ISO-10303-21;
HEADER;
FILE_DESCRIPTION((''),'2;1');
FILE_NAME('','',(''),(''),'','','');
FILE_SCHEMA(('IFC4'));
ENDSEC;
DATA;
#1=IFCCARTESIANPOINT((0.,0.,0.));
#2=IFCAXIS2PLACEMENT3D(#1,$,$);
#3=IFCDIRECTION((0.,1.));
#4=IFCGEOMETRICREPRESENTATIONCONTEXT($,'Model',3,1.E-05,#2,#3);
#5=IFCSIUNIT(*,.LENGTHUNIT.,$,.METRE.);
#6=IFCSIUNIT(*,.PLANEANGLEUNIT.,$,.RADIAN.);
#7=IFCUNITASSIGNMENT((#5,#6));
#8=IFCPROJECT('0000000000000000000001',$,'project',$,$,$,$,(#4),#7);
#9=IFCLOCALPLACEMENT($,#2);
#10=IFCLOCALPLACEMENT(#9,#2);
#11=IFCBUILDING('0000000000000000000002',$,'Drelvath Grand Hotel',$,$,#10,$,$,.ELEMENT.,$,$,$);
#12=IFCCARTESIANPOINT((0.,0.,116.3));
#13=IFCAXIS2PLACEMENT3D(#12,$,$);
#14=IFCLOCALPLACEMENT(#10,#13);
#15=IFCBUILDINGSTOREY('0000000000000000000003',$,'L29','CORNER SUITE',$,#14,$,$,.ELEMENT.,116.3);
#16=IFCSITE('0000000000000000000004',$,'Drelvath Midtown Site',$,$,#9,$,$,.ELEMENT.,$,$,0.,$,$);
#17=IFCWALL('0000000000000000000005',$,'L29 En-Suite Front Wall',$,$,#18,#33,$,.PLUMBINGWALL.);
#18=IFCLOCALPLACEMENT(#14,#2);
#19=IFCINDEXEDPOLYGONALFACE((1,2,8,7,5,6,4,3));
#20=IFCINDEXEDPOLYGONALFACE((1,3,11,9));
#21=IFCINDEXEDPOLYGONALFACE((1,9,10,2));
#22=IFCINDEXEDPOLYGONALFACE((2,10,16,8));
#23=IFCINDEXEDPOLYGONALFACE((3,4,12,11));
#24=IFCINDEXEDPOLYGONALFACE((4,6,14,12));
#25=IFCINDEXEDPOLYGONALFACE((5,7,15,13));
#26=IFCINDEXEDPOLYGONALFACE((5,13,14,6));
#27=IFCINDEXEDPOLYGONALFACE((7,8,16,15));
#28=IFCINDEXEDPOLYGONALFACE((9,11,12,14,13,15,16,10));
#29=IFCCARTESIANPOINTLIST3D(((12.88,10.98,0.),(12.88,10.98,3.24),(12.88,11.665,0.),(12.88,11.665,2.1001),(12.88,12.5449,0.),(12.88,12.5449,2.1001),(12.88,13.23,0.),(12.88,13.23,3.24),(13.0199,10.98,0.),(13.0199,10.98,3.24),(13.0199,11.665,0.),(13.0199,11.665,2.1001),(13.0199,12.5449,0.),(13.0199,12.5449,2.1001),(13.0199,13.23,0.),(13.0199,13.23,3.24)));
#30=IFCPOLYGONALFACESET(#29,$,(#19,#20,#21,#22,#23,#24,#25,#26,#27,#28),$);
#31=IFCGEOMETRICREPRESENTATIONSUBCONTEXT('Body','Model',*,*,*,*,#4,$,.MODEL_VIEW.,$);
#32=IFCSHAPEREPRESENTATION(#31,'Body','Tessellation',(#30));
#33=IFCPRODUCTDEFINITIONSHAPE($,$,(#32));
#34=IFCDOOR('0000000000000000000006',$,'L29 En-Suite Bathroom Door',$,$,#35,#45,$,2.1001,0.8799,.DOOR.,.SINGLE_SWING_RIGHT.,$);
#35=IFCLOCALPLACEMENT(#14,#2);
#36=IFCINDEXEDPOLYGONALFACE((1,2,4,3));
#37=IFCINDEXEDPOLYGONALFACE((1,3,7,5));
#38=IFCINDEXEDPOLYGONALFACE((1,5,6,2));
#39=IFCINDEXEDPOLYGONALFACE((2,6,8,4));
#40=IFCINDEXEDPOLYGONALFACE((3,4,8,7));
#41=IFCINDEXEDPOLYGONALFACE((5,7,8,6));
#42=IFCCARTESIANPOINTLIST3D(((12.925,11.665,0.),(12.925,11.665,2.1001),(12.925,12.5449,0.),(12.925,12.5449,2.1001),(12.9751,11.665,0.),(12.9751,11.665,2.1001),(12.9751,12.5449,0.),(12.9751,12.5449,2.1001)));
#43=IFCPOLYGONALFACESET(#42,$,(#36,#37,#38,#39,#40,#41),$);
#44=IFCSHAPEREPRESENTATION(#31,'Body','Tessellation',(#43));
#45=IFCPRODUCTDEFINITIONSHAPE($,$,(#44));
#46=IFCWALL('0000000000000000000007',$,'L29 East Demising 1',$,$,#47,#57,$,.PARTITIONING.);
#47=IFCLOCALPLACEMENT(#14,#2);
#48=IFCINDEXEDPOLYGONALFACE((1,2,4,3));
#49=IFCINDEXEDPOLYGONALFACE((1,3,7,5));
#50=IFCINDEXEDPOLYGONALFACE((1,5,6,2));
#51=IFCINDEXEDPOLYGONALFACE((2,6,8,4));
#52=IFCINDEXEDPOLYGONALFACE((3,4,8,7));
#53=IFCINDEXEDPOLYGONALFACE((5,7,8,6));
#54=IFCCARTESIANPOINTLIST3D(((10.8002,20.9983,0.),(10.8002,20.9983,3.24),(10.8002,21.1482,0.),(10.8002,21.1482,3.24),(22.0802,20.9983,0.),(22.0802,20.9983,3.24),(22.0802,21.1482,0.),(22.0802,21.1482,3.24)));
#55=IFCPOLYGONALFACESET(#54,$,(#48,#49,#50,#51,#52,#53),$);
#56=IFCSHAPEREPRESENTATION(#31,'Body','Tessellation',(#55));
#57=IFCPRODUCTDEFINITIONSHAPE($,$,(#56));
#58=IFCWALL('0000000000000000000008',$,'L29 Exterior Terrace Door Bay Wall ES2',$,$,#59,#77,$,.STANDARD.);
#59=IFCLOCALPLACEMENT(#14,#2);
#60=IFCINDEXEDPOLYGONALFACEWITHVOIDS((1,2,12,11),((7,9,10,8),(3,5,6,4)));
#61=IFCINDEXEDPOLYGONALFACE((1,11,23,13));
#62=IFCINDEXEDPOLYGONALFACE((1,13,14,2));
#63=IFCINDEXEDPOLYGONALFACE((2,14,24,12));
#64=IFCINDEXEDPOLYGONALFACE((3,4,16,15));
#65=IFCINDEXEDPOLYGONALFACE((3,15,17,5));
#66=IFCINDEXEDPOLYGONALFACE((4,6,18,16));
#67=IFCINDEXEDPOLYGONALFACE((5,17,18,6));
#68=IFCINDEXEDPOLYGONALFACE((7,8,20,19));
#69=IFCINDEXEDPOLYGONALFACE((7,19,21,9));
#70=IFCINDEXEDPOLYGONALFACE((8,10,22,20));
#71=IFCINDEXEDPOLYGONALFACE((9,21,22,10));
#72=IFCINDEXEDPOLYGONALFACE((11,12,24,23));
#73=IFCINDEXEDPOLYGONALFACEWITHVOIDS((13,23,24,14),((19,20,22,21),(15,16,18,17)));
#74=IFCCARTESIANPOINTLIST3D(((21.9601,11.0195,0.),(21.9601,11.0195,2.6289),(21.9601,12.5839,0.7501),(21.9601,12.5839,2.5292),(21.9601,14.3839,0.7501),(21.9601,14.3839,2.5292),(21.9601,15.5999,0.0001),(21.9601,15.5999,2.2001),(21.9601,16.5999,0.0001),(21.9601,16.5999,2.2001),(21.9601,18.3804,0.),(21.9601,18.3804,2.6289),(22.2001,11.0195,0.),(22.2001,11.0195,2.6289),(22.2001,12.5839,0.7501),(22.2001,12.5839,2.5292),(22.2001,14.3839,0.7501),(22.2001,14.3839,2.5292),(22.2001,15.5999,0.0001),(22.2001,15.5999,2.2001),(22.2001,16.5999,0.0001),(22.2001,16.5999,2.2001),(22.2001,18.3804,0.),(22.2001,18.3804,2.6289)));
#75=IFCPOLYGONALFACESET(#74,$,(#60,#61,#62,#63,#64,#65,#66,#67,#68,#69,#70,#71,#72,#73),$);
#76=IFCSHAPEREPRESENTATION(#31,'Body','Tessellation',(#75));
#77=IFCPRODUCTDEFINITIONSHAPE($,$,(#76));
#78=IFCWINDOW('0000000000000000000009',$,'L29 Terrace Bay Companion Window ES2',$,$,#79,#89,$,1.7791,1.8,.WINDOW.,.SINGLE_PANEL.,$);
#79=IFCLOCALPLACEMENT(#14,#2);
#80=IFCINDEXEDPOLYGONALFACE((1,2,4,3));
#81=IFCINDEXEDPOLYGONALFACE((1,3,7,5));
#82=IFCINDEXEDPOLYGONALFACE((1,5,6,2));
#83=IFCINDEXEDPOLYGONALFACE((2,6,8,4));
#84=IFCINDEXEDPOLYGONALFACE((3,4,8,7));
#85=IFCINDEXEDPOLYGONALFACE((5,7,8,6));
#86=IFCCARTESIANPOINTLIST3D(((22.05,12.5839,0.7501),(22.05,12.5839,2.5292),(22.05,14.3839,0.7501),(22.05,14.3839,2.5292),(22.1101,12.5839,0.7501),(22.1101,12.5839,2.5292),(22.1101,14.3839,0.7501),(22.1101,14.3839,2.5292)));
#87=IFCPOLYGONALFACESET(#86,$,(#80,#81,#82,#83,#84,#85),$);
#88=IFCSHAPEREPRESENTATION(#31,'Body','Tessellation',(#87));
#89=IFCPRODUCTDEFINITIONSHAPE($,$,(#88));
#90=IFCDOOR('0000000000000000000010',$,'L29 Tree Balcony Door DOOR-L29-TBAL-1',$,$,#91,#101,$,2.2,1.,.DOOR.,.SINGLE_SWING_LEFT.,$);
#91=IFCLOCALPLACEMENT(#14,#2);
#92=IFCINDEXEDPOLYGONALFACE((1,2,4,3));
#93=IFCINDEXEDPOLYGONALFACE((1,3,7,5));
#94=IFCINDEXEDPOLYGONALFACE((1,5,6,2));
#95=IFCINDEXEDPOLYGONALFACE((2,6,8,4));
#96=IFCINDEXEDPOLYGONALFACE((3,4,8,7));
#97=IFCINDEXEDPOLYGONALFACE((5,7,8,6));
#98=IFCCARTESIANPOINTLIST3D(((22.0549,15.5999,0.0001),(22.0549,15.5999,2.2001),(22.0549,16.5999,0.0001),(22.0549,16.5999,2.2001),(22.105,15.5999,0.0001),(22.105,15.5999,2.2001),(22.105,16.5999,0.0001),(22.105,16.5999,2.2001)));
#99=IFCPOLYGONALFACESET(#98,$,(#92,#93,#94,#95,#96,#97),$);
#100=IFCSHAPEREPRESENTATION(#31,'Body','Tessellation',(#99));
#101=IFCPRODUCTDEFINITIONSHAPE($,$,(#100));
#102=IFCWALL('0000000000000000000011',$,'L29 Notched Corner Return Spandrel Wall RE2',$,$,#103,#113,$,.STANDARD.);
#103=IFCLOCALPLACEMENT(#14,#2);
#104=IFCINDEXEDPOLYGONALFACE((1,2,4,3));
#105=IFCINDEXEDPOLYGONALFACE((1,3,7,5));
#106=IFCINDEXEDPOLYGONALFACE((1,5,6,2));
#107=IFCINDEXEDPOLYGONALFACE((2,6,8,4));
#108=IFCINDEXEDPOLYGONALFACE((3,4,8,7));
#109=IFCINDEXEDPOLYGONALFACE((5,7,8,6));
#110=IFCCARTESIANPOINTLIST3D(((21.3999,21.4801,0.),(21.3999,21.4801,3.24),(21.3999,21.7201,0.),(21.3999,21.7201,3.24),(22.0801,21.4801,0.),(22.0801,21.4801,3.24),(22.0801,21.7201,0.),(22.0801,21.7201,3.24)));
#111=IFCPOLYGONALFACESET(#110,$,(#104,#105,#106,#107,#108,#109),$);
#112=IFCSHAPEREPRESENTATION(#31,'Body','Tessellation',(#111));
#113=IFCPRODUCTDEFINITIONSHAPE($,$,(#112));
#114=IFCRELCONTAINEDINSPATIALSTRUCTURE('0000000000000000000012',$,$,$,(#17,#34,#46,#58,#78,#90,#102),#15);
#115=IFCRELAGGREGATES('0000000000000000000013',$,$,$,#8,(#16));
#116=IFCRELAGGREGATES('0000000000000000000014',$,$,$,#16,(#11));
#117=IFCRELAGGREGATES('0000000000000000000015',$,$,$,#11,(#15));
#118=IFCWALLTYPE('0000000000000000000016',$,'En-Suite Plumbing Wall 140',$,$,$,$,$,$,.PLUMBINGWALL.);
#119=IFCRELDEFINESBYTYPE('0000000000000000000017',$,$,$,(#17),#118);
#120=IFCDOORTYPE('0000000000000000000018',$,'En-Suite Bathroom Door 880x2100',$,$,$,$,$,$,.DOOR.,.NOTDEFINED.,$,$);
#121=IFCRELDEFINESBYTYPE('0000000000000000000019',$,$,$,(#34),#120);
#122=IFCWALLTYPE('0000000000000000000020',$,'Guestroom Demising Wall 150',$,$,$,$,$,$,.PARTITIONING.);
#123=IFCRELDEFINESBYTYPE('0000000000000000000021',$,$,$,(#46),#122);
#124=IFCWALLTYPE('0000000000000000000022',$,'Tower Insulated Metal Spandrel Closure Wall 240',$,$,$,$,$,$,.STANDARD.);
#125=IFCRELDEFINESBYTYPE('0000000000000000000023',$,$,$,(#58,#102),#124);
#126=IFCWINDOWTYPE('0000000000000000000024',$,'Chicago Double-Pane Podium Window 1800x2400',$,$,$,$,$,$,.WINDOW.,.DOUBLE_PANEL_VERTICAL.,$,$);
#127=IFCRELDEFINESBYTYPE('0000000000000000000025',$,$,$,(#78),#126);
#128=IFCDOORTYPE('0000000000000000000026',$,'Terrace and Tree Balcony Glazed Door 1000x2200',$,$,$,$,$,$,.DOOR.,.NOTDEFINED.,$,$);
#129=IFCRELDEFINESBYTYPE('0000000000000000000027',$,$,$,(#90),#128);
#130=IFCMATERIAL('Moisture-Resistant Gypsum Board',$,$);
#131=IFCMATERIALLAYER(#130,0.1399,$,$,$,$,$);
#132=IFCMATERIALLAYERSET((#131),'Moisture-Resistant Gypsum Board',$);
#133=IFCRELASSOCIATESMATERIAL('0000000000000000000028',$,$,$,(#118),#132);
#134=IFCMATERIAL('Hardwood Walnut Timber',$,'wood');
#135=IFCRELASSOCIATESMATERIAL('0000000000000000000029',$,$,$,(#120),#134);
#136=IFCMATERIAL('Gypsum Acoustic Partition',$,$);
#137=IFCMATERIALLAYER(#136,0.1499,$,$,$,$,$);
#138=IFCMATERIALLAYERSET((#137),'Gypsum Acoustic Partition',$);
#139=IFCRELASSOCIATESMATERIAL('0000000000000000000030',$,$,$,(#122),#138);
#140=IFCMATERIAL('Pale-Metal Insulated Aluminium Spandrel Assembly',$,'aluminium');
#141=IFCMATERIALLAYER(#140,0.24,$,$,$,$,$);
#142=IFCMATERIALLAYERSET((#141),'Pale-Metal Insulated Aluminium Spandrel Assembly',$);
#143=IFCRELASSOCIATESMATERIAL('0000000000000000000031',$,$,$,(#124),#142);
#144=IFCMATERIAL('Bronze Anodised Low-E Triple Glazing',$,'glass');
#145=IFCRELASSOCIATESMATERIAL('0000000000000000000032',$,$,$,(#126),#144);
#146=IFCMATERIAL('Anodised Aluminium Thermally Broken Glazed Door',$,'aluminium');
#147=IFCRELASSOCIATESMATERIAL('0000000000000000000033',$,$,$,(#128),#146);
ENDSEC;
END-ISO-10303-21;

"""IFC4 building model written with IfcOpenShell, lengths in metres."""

from ifc_helpers import new_model, si_unit, direction, frame, frame_2d, origin, place, context, subcontext, project, spatial, rectangle, extrude, material, layer, layer_set, type_object, element, fill, save


model = new_model("IFC4")

# Units and contexts
model_context = context("Model", 3, precision=1e-05, world=origin(), true_north=direction((0.0, 1.0)))
body_context = subcontext(model_context, "Body", "Model", "MODEL_VIEW")
ifc_project = project(units=[si_unit("LENGTHUNIT", "METRE"), si_unit("PLANEANGLEUNIT", "RADIAN")], contexts=[model_context])

# Site, building, storey
site_placement = place(None, origin())
site = spatial("IfcSite", under=ifc_project, at=site_placement, Name="Drelvath Midtown Site", CompositionType="ELEMENT", RefElevation=0.0)
building_placement = place(site_placement, origin())
building = spatial("IfcBuilding", under=site, at=building_placement, Name="Drelvath Grand Hotel", CompositionType="ELEMENT")
storey_placement = place(building_placement, frame((0.0, 0.0, 116.3)))
storey = spatial("IfcBuildingStorey", under=building, at=storey_placement, Name="L29", Description="CORNER SUITE", CompositionType="ELEMENT", Elevation=116.3)

# Wall, opening, door
ifc_material_1 = material(Name="Moisture-Resistant Gypsum Board")
ifc_layer_1 = layer(ifc_material_1, 0.1399)
ifc_layer_set_1 = layer_set([ifc_layer_1], Name="Moisture-Resistant Gypsum Board")
wall_type_1 = type_object("IfcWallType", Name="En-Suite Plumbing Wall 140", PredefinedType="PLUMBINGWALL", material=ifc_layer_set_1)
wall_1_placement = place(storey_placement, frame((12.95, 10.98, 0.0), z_axis=(0.0, 0.0, 1.0), x_axis=(0.0, 1.0, 0.0)))
wall_1 = element("IfcWall", 1, at=wall_1_placement, inside=storey, type_object=wall_type_1, Name="L29 En-Suite Front Wall", PredefinedType="PLUMBINGWALL", context=body_context, shape_type="SweptSolid", body=[
    extrude(rectangle(XDim=2.25, YDim=0.1399, at=frame_2d((1.125, 0.0))), origin(), (0.0, 0.0, 1.0), 3.24),
])
opening_1_placement = place(wall_1_placement, frame((0.6851, 0.0, 0.0)))
opening_1 = element("IfcOpeningElement", 2, at=opening_1_placement, cuts=wall_1, PredefinedType="OPENING", context=body_context, shape_type="SweptSolid", body=[
    extrude(rectangle(XDim=0.8799, YDim=2.1001, at=frame_2d((0.4399, 1.05))), frame((0.0, 0.0798, 0.0), z_axis=(0.0, -1.0, 0.0), x_axis=(1.0, 0.0, 0.0)), (0.0, 0.0, 1.0), 0.1599),
])
ifc_material_2 = material(Name="Hardwood Walnut Timber", Category="wood")
door_type_1 = type_object("IfcDoorType", Name="En-Suite Bathroom Door 880x2100", OperationType="NOTDEFINED", PredefinedType="DOOR", material=ifc_material_2)
door_1_placement = place(opening_1_placement, origin())
door_1 = element("IfcDoor", 3, at=door_1_placement, inside=storey, type_object=door_type_1, Name="L29 En-Suite Bathroom Door", OperationType="SINGLE_SWING_RIGHT", OverallHeight=2.1001, OverallWidth=0.8799, PredefinedType="DOOR", context=body_context, shape_type="SweptSolid", body=[
    extrude(rectangle(XDim=0.8799, YDim=2.1001, at=frame_2d((0.4399, 1.05))), frame((0.0, 0.0249, 0.0), z_axis=(0.0, -1.0, 0.0), x_axis=(1.0, 0.0, 0.0)), (0.0, 0.0, 1.0), 0.05),
])
fill(opening_1, door_1)

# Wall
ifc_material_3 = material(Name="Gypsum Acoustic Partition")
ifc_layer_2 = layer(ifc_material_3, 0.1499)
ifc_layer_set_2 = layer_set([ifc_layer_2], Name="Gypsum Acoustic Partition")
wall_type_2 = type_object("IfcWallType", Name="Guestroom Demising Wall 150", PredefinedType="PARTITIONING", material=ifc_layer_set_2)
wall_2_placement = place(storey_placement, frame((10.8, 21.0732, 0.0), z_axis=(0.0, 0.0, 1.0), x_axis=(1.0, 0.0, 0.0)))
element("IfcWall", 4, at=wall_2_placement, inside=storey, type_object=wall_type_2, Name="L29 East Demising 1", PredefinedType="PARTITIONING", context=body_context, shape_type="SweptSolid", body=[
    extrude(rectangle(XDim=11.28, YDim=0.1499, at=frame_2d((5.6401, 0.0))), origin(), (0.0, 0.0, 1.0), 3.24),
])

# Wall, openings, window, door
ifc_material_4 = material(Name="Pale-Metal Insulated Aluminium Spandrel Assembly", Category="aluminium")
ifc_layer_3 = layer(ifc_material_4, 0.24)
ifc_layer_set_3 = layer_set([ifc_layer_3], Name="Pale-Metal Insulated Aluminium Spandrel Assembly")
wall_type_3 = type_object("IfcWallType", Name="Tower Insulated Metal Spandrel Closure Wall 240", PredefinedType="STANDARD", material=ifc_layer_set_3)
wall_3_placement = place(storey_placement, frame((22.0801, 18.3804, 0.0), z_axis=(0.0, 0.0, 1.0), x_axis=(0.0, -1.0, 0.0)))
wall_3 = element("IfcWall", 5, at=wall_3_placement, inside=storey, type_object=wall_type_3, Name="L29 Exterior Terrace Door Bay Wall ES2", PredefinedType="STANDARD", context=body_context, shape_type="SweptSolid", body=[
    extrude(rectangle(XDim=7.3608, YDim=0.24, at=frame_2d((3.6804, 0.0))), origin(), (0.0, 0.0, 1.0), 2.6289),
])
opening_2_placement = place(wall_3_placement, frame((1.7805, 0.0, 0.0)))
opening_2 = element("IfcOpeningElement", 6, at=opening_2_placement, cuts=wall_3, PredefinedType="OPENING", context=body_context, shape_type="SweptSolid", body=[
    extrude(rectangle(XDim=1.0, YDim=2.2, at=frame_2d((0.5, 1.1001))), frame((0.0, 0.1299, 0.0), z_axis=(0.0, -1.0, 0.0), x_axis=(1.0, 0.0, 0.0)), (0.0, 0.0, 1.0), 0.26),
])
opening_3_placement = place(wall_3_placement, frame((3.9966, 0.0, 0.75)))
opening_3 = element("IfcOpeningElement", 7, at=opening_3_placement, cuts=wall_3, PredefinedType="OPENING", context=body_context, shape_type="SweptSolid", body=[
    extrude(rectangle(XDim=1.8, YDim=1.7791, at=frame_2d((0.8999, 0.8896))), frame((0.0, 0.1299, 0.0), z_axis=(0.0, -1.0, 0.0), x_axis=(1.0, 0.0, 0.0)), (0.0, 0.0, 1.0), 0.26),
])
ifc_material_5 = material(Name="Bronze Anodised Low-E Triple Glazing", Category="glass")
window_type = type_object("IfcWindowType", Name="Chicago Double-Pane Podium Window 1800x2400", PartitioningType="DOUBLE_PANEL_VERTICAL", PredefinedType="WINDOW", material=ifc_material_5)
window_placement = place(opening_3_placement, origin())
window = element("IfcWindow", 8, at=window_placement, inside=storey, type_object=window_type, Name="L29 Terrace Bay Companion Window ES2", OverallHeight=1.7791, OverallWidth=1.8, PartitioningType="SINGLE_PANEL", PredefinedType="WINDOW", context=body_context, shape_type="SweptSolid", body=[
    extrude(rectangle(XDim=1.8, YDim=1.7791, at=frame_2d((0.8999, 0.8896))), frame((0.0, 0.03, 0.0), z_axis=(0.0, -1.0, 0.0), x_axis=(1.0, 0.0, 0.0)), (0.0, 0.0, 1.0), 0.0601),
])
fill(opening_3, window)
ifc_material_6 = material(Name="Anodised Aluminium Thermally Broken Glazed Door", Category="aluminium")
door_type_2 = type_object("IfcDoorType", Name="Terrace and Tree Balcony Glazed Door 1000x2200", OperationType="NOTDEFINED", PredefinedType="DOOR", material=ifc_material_6)
door_2_placement = place(opening_2_placement, origin())
door_2 = element("IfcDoor", 9, at=door_2_placement, inside=storey, type_object=door_type_2, Name="L29 Tree Balcony Door DOOR-L29-TBAL-1", OperationType="SINGLE_SWING_LEFT", OverallHeight=2.2, OverallWidth=1.0, PredefinedType="DOOR", context=body_context, shape_type="SweptSolid", body=[
    extrude(rectangle(XDim=1.0, YDim=2.2, at=frame_2d((0.5, 1.1001))), frame((0.0, 0.0249, 0.0), z_axis=(0.0, -1.0, 0.0), x_axis=(1.0, 0.0, 0.0)), (0.0, 0.0, 1.0), 0.05),
])
fill(opening_2, door_2)

# Wall
wall_4_placement = place(storey_placement, frame((21.3999, 21.6001, 0.0), z_axis=(0.0, 0.0, 1.0), x_axis=(1.0, 0.0, 0.0)))
element("IfcWall", 10, at=wall_4_placement, inside=storey, type_object=wall_type_3, Name="L29 Notched Corner Return Spandrel Wall RE2", PredefinedType="STANDARD", context=body_context, shape_type="SweptSolid", body=[
    extrude(rectangle(XDim=0.6802, YDim=0.24, at=frame_2d((0.3401, 0.0))), origin(), (0.0, 0.0, 1.0), 3.24),
])

save(model, "model.ifc")
